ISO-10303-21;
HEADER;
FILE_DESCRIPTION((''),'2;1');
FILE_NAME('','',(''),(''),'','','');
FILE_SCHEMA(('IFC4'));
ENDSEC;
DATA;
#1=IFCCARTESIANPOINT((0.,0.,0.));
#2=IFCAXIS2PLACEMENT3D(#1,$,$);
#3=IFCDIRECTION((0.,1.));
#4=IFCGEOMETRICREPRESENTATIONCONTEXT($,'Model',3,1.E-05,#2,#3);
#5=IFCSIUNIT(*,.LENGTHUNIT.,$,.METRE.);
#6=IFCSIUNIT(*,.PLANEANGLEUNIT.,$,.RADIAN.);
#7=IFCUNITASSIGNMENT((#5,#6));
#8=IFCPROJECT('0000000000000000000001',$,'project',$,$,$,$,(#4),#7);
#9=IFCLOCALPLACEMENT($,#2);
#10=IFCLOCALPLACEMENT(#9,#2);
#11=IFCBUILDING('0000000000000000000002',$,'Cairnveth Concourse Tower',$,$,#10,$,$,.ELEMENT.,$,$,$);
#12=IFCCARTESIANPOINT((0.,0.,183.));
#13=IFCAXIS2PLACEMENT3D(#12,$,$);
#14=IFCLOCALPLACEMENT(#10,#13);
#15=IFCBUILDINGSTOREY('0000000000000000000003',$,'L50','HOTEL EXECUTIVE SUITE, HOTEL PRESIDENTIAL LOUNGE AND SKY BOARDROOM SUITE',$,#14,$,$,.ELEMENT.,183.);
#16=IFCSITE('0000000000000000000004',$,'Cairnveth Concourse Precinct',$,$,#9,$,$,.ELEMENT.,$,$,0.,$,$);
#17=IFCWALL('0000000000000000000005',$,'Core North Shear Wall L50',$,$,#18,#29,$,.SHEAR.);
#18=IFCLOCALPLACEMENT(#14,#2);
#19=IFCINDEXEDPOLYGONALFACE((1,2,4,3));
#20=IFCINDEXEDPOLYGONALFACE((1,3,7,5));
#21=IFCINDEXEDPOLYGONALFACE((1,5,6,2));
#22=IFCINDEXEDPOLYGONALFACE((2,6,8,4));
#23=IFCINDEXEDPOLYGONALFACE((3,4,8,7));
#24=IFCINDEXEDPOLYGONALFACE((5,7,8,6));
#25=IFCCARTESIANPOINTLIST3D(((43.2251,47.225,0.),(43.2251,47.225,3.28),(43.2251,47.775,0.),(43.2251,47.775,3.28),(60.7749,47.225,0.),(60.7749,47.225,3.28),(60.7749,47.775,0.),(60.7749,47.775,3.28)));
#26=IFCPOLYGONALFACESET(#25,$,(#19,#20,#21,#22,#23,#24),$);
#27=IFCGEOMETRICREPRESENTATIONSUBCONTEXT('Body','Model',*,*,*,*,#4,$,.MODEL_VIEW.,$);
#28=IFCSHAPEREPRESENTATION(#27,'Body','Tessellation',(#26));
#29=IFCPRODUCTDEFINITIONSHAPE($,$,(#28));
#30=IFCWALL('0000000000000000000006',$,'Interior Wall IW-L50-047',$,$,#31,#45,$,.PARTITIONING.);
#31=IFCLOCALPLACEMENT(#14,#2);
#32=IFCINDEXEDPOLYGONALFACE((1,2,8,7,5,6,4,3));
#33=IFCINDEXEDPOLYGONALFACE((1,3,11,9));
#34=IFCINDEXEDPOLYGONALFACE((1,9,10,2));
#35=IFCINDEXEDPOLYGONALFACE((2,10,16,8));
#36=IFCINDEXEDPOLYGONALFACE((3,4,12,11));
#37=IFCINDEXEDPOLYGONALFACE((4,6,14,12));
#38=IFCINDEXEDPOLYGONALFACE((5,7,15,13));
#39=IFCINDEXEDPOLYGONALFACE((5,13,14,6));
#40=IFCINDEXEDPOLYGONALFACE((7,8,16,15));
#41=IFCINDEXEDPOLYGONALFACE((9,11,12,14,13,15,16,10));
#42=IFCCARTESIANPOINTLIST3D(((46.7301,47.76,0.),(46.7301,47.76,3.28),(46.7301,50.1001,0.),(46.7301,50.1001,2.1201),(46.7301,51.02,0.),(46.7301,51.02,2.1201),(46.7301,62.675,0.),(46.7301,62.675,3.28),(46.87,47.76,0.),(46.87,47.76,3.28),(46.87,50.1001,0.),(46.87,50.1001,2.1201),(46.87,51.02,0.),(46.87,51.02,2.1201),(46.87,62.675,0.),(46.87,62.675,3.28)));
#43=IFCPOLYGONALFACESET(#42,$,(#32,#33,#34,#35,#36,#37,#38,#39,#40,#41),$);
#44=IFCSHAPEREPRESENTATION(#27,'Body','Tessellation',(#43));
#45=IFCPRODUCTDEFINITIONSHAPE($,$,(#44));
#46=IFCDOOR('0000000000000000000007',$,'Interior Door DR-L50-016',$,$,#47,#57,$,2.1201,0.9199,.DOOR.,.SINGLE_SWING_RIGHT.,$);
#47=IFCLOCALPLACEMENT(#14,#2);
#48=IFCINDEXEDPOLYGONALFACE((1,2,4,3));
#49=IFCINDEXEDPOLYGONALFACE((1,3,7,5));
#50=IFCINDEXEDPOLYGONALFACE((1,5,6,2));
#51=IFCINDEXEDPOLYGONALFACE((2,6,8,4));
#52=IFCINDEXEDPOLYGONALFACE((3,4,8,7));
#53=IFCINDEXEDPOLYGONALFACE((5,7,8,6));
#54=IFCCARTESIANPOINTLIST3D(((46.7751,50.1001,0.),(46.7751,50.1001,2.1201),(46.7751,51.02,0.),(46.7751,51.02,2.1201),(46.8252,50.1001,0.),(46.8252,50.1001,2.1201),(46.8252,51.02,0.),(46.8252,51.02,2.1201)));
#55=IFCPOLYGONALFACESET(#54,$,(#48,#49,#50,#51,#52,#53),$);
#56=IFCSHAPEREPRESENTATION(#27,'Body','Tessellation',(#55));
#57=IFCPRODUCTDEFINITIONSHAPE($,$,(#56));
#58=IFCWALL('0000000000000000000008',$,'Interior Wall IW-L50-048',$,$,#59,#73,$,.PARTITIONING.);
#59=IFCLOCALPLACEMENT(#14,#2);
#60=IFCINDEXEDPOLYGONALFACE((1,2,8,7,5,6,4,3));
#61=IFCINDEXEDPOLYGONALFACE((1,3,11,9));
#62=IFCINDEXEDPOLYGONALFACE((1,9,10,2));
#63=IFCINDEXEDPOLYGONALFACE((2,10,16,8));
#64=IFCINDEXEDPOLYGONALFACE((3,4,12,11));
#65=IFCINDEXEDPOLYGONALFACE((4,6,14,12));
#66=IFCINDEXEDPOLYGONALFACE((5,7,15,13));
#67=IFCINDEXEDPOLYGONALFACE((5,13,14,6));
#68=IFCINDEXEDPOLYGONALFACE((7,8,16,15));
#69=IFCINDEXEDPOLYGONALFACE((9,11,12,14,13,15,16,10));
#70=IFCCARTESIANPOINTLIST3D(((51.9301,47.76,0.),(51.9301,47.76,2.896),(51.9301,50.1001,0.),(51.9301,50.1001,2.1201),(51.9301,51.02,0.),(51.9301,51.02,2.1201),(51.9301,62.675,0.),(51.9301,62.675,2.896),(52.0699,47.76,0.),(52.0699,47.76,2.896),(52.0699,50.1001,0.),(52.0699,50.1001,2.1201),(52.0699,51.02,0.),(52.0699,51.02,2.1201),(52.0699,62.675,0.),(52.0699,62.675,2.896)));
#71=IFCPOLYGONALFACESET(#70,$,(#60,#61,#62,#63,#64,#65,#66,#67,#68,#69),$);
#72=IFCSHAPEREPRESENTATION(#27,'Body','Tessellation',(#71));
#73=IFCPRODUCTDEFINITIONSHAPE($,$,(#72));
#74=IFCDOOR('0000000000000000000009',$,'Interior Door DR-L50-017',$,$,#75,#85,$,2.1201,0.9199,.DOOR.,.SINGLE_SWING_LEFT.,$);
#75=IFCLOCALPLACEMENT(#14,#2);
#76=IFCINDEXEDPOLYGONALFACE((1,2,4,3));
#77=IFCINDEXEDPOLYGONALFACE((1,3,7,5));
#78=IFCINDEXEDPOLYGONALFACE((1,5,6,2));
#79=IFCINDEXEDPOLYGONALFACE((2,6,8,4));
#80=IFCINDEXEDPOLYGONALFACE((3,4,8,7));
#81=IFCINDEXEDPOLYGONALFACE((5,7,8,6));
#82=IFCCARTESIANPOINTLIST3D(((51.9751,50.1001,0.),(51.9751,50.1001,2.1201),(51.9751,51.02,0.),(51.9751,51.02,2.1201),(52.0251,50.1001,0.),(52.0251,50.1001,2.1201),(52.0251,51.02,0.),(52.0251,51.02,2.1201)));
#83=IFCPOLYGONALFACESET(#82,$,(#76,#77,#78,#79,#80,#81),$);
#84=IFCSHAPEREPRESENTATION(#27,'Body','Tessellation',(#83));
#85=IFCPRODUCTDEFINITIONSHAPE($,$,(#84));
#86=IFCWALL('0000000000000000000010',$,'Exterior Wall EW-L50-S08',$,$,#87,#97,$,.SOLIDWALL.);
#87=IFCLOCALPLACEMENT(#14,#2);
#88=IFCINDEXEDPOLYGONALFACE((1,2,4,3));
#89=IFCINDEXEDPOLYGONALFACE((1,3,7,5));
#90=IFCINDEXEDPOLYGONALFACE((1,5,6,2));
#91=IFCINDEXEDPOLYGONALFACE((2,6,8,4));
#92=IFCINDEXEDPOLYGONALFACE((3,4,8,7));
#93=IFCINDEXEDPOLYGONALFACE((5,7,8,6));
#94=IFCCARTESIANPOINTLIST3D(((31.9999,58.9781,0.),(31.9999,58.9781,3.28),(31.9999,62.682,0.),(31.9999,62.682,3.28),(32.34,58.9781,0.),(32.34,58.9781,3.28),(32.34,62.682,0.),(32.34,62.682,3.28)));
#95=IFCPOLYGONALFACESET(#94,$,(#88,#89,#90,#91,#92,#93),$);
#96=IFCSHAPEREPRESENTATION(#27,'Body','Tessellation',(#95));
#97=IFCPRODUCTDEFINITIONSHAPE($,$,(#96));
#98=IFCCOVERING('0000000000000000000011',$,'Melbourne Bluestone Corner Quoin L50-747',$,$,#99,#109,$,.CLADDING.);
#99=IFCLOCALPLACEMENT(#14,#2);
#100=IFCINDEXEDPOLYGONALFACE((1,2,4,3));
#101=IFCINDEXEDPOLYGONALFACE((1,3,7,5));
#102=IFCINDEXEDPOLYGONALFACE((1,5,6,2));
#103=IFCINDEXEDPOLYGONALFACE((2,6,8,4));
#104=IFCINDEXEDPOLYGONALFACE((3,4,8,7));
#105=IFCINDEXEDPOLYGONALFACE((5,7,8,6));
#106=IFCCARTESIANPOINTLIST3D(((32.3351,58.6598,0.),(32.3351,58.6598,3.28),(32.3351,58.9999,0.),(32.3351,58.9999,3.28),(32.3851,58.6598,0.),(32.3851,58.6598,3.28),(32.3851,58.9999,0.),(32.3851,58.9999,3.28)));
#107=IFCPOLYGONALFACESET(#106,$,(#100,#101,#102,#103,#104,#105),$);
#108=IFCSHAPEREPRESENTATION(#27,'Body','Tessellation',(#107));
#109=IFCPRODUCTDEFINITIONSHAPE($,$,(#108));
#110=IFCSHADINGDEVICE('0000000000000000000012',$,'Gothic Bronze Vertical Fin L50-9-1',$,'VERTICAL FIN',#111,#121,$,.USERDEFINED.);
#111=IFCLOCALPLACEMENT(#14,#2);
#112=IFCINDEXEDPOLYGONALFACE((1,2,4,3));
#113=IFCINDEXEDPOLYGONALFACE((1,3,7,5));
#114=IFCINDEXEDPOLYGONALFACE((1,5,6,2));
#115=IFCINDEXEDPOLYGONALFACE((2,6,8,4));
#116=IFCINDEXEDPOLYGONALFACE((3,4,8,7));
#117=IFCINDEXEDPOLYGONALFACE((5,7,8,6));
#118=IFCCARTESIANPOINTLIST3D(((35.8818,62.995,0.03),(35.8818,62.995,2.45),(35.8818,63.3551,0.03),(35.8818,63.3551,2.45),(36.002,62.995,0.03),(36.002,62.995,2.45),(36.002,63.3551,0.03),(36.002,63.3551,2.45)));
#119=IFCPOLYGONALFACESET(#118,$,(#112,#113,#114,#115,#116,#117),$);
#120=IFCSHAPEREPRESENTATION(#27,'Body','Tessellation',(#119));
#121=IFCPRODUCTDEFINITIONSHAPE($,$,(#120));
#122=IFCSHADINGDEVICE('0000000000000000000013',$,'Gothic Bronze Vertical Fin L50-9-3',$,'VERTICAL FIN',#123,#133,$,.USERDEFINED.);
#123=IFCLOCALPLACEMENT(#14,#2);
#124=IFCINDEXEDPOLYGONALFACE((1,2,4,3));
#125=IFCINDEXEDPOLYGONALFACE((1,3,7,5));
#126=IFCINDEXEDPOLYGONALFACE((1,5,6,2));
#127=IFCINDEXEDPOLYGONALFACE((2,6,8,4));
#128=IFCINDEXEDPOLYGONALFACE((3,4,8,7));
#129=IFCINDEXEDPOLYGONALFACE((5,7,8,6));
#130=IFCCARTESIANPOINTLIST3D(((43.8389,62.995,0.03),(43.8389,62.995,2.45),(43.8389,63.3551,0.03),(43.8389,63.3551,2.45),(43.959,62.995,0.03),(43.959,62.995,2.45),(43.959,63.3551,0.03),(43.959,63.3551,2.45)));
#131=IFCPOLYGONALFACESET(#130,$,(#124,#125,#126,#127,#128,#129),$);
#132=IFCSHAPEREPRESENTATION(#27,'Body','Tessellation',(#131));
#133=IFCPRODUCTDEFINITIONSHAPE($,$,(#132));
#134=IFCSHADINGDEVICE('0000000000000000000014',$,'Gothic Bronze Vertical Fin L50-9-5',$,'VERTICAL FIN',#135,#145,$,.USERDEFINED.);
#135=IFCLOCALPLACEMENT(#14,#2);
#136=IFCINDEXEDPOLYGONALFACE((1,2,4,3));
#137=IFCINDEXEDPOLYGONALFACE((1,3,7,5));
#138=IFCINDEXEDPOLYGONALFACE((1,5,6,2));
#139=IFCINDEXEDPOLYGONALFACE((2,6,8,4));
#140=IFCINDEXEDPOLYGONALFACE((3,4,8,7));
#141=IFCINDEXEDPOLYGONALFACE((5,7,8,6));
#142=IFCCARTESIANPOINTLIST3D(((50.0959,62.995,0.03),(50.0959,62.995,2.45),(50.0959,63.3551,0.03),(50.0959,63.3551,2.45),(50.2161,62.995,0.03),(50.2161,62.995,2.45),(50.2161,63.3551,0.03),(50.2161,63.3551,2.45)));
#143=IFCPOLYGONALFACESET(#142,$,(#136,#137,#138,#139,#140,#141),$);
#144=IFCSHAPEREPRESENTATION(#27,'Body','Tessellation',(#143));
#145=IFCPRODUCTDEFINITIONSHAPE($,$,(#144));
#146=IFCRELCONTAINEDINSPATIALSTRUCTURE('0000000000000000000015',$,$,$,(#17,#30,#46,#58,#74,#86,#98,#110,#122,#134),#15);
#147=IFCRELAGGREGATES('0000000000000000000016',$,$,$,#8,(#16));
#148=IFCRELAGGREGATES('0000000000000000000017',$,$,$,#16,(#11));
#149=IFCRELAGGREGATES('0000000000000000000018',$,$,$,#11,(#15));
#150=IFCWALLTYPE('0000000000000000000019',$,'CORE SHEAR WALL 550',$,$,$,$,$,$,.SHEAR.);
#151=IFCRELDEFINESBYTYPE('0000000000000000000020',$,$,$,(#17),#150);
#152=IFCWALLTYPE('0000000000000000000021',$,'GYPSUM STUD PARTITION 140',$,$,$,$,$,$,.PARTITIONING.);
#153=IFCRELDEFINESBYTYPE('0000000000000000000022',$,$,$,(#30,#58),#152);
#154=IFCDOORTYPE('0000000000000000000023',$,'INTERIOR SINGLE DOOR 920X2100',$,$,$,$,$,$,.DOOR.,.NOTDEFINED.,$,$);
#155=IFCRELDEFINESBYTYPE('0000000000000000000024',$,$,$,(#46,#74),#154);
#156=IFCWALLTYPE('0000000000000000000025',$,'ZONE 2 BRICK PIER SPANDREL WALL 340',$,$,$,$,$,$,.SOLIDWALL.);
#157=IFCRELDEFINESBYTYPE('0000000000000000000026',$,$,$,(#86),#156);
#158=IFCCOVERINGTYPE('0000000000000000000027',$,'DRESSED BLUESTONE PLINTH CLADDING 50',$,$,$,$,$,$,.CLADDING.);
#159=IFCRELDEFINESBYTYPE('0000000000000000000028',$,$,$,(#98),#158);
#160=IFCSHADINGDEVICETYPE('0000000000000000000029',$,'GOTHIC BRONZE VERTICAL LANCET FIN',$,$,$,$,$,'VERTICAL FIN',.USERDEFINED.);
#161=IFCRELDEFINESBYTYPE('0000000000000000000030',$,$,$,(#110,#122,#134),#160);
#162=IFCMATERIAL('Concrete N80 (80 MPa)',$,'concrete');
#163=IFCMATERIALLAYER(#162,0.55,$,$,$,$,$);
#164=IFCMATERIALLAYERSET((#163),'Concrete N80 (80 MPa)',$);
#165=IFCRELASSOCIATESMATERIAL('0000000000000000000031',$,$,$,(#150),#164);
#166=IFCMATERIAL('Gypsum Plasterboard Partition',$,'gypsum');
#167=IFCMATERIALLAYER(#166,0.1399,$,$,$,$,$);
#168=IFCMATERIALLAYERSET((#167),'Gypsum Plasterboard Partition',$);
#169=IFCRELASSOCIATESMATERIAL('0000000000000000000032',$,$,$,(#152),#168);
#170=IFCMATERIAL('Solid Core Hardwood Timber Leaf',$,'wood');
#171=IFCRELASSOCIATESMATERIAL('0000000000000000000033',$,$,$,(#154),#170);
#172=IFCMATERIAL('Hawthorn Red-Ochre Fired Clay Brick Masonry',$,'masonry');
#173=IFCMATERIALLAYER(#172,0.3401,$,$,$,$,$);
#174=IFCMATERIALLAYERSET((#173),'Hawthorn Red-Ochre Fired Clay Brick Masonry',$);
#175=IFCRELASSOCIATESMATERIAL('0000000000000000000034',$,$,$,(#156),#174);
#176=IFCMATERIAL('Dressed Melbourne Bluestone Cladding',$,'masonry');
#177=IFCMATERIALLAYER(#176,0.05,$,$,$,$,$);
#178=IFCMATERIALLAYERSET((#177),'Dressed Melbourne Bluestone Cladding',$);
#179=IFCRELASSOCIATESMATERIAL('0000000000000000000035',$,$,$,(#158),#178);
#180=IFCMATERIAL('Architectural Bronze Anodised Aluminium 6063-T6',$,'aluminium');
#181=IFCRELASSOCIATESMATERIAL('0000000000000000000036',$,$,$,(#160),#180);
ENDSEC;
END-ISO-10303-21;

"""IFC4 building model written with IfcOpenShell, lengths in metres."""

from ifc_helpers import new_model, si_unit, direction, frame, frame_2d, origin, origin_2d, place, context, subcontext, project, spatial, rectangle, extrude, material, layer, layer_set, type_object, element, fill, save


model = new_model("IFC4")

# Units and contexts
model_context = context("Model", 3, precision=1e-05, world=origin(), true_north=direction((0.0, 1.0)))
body_context = subcontext(model_context, "Body", "Model", "MODEL_VIEW")
ifc_project = project(units=[si_unit("LENGTHUNIT", "METRE"), si_unit("PLANEANGLEUNIT", "RADIAN")], contexts=[model_context])

# Site, building, storey
site_placement = place(None, origin())
site = spatial("IfcSite", under=ifc_project, at=site_placement, Name="Cairnveth Concourse Precinct", CompositionType="ELEMENT", RefElevation=0.0)
building_placement = place(site_placement, origin())
building = spatial("IfcBuilding", under=site, at=building_placement, Name="Cairnveth Concourse Tower", CompositionType="ELEMENT")
storey_placement = place(building_placement, frame((0.0, 0.0, 183.0)))
storey = spatial("IfcBuildingStorey", under=building, at=storey_placement, Name="L50", Description="HOTEL EXECUTIVE SUITE, HOTEL PRESIDENTIAL LOUNGE AND SKY BOARDROOM SUITE", CompositionType="ELEMENT", Elevation=183.0)

# Shared definitions
ifc_material_1 = material(Name="Gypsum Plasterboard Partition", Category="gypsum")
ifc_material_2 = material(Name="Solid Core Hardwood Timber Leaf", Category="wood")

# Wall
ifc_material_3 = material(Name="Concrete N80 (80 MPa)", Category="concrete")
ifc_layer_1 = layer(ifc_material_3, 0.55)
ifc_layer_set_1 = layer_set([ifc_layer_1], Name="Concrete N80 (80 MPa)")
wall_type_1 = type_object("IfcWallType", Name="CORE SHEAR WALL 550", PredefinedType="SHEAR", material=ifc_layer_set_1)
wall_1_placement = place(storey_placement, frame((43.2251, 47.5, 0.0), z_axis=(0.0, 0.0, 1.0), x_axis=(1.0, 0.0, 0.0)))
element("IfcWall", 1, at=wall_1_placement, inside=storey, type_object=wall_type_1, Name="Core North Shear Wall L50", PredefinedType="SHEAR", context=body_context, shape_type="SweptSolid", body=[
    extrude(rectangle(XDim=17.5498, YDim=0.55, at=frame_2d((8.7749, 0.0))), origin(), (0.0, 0.0, 1.0), 3.28),
])

# Walls, openings, doors
ifc_layer_2 = layer(ifc_material_1, 0.1399)
ifc_layer_set_2 = layer_set([ifc_layer_2], Name="Gypsum Plasterboard Partition")
wall_type_2 = type_object("IfcWallType", Name="GYPSUM STUD PARTITION 140", PredefinedType="PARTITIONING", material=ifc_layer_set_2)
wall_2_placement = place(storey_placement, frame((46.8, 47.76, 0.0), z_axis=(0.0, 0.0, 1.0), x_axis=(0.0, 1.0, 0.0)))
wall_2 = element("IfcWall", 2, at=wall_2_placement, inside=storey, type_object=wall_type_2, Name="Interior Wall IW-L50-047", PredefinedType="PARTITIONING", context=body_context, shape_type="SweptSolid", body=[
    extrude(rectangle(XDim=14.915, YDim=0.1399, at=frame_2d((7.4575, 0.0))), origin(), (0.0, 0.0, 1.0), 3.28),
])
opening_1_placement = place(wall_2_placement, frame((2.3401, 0.0, 0.0)))
opening_1 = element("IfcOpeningElement", 3, at=opening_1_placement, cuts=wall_2, PredefinedType="OPENING", context=body_context, shape_type="SweptSolid", body=[
    extrude(rectangle(XDim=0.9199, YDim=2.1201, at=frame_2d((0.46, 1.0601))), frame((0.0, 0.0798, 0.0), z_axis=(0.0, -1.0, 0.0), x_axis=(1.0, 0.0, 0.0)), (0.0, 0.0, 1.0), 0.1599),
])
door_type_1 = type_object("IfcDoorType", Name="INTERIOR SINGLE DOOR 920X2100", OperationType="NOTDEFINED", PredefinedType="DOOR", material=ifc_material_2)
door_1_placement = place(opening_1_placement, origin())
door_1 = element("IfcDoor", 4, at=door_1_placement, inside=storey, type_object=door_type_1, Name="Interior Door DR-L50-016", OperationType="SINGLE_SWING_RIGHT", OverallHeight=2.1201, OverallWidth=0.9199, PredefinedType="DOOR", context=body_context, shape_type="SweptSolid", body=[
    extrude(rectangle(XDim=0.9199, YDim=2.1201, at=frame_2d((0.46, 1.0601))), frame((0.0, 0.0249, 0.0), z_axis=(0.0, -1.0, 0.0), x_axis=(1.0, 0.0, 0.0)), (0.0, 0.0, 1.0), 0.05),
])
fill(opening_1, door_1)
wall_3_placement = place(storey_placement, frame((52.0, 47.76, 0.0), z_axis=(0.0, 0.0, 1.0), x_axis=(0.0, 1.0, 0.0)))
wall_3 = element("IfcWall", 5, at=wall_3_placement, inside=storey, type_object=wall_type_2, Name="Interior Wall IW-L50-048", PredefinedType="PARTITIONING", context=body_context, shape_type="SweptSolid", body=[
    extrude(rectangle(XDim=14.915, YDim=0.1399, at=frame_2d((7.4575, 0.0))), origin(), (0.0, 0.0, 1.0), 2.896),
])
opening_2_placement = place(wall_3_placement, frame((2.3401, 0.0, 0.0)))
opening_2 = element("IfcOpeningElement", 6, at=opening_2_placement, cuts=wall_3, PredefinedType="OPENING", context=body_context, shape_type="SweptSolid", body=[
    extrude(rectangle(XDim=0.9199, YDim=2.1201, at=frame_2d((0.46, 1.0601))), frame((0.0, 0.0798, 0.0), z_axis=(0.0, -1.0, 0.0), x_axis=(1.0, 0.0, 0.0)), (0.0, 0.0, 1.0), 0.1599),
])
door_2_placement = place(opening_2_placement, origin())
door_2 = element("IfcDoor", 7, at=door_2_placement, inside=storey, type_object=door_type_1, Name="Interior Door DR-L50-017", OperationType="SINGLE_SWING_LEFT", OverallHeight=2.1201, OverallWidth=0.9199, PredefinedType="DOOR", context=body_context, shape_type="SweptSolid", body=[
    extrude(rectangle(XDim=0.9199, YDim=2.1201, at=frame_2d((0.46, 1.0601))), frame((0.0, 0.0249, 0.0), z_axis=(0.0, -1.0, 0.0), x_axis=(1.0, 0.0, 0.0)), (0.0, 0.0, 1.0), 0.05),
])
fill(opening_2, door_2)

# Wall
ifc_material_4 = material(Name="Hawthorn Red-Ochre Fired Clay Brick Masonry", Category="masonry")
ifc_layer_3 = layer(ifc_material_4, 0.3401)
ifc_layer_set_3 = layer_set([ifc_layer_3], Name="Hawthorn Red-Ochre Fired Clay Brick Masonry")
wall_type_3 = type_object("IfcWallType", Name="ZONE 2 BRICK PIER SPANDREL WALL 340", PredefinedType="SOLIDWALL", material=ifc_layer_set_3)
wall_4_placement = place(storey_placement, frame((32.1699, 58.978, 0.0), z_axis=(0.0, 0.0, 1.0), x_axis=(0.0, 1.0, 0.0)))
element("IfcWall", 8, at=wall_4_placement, inside=storey, type_object=wall_type_3, Name="Exterior Wall EW-L50-S08", PredefinedType="SOLIDWALL", context=body_context, shape_type="SweptSolid", body=[
    extrude(rectangle(XDim=3.7039, YDim=0.3401, at=frame_2d((1.8521, 0.0))), origin(), (0.0, 0.0, 1.0), 3.28),
])

# Covering
ifc_material_5 = material(Name="Dressed Melbourne Bluestone Cladding", Category="masonry")
ifc_layer_4 = layer(ifc_material_5, 0.05)
ifc_layer_set_4 = layer_set([ifc_layer_4], Name="Dressed Melbourne Bluestone Cladding")
covering_type = type_object("IfcCoveringType", Name="DRESSED BLUESTONE PLINTH CLADDING 50", PredefinedType="CLADDING", material=ifc_layer_set_4)
covering_placement = place(storey_placement, frame((32.3601, 58.6599, 0.0), z_axis=(0.0, 0.0, 1.0), x_axis=(0.0, 1.0, 0.0)))
element("IfcCovering", 9, at=covering_placement, inside=storey, type_object=covering_type, Name="Melbourne Bluestone Corner Quoin L50-747", PredefinedType="CLADDING", context=body_context, shape_type="SweptSolid", body=[
    extrude(rectangle(XDim=0.3401, YDim=0.05, at=frame_2d((0.1699, 0.0))), origin(), (0.0, 0.0, 1.0), 3.28),
])

# Shading devices
ifc_material_6 = material(Name="Architectural Bronze Anodised Aluminium 6063-T6", Category="aluminium")
shading_device_type = type_object("IfcShadingDeviceType", Name="GOTHIC BRONZE VERTICAL LANCET FIN", ElementType="VERTICAL FIN", PredefinedType="USERDEFINED", material=ifc_material_6)
for number, where, z_axis, x_axis, name in (
    (10, (35.9419, 63.175, 0.03), (0.0, 0.0, 1.0), (1.0, 0.0, 0.0), "Gothic Bronze Vertical Fin L50-9-1"),
    (11, (43.8989, 63.175, 0.03), (0.0, 0.0, 1.0), (1.0, 0.0, 0.0), "Gothic Bronze Vertical Fin L50-9-3"),
    (12, (50.156, 63.175, 0.03), (0.0, 0.0, 1.0), (1.0, 0.0, 0.0), "Gothic Bronze Vertical Fin L50-9-5"),
):
    element("IfcShadingDevice", number, at=place(storey_placement, frame(where, z_axis=z_axis, x_axis=x_axis)), inside=storey, type_object=shading_device_type, Name=name, ObjectType="VERTICAL FIN", PredefinedType="USERDEFINED", context=body_context, shape_type="SweptSolid", body=[
        extrude(rectangle(XDim=0.1201, YDim=0.3601, at=origin_2d()), origin(), (0.0, 0.0, 1.0), 2.4199),
    ])

save(model, "model.ifc")
